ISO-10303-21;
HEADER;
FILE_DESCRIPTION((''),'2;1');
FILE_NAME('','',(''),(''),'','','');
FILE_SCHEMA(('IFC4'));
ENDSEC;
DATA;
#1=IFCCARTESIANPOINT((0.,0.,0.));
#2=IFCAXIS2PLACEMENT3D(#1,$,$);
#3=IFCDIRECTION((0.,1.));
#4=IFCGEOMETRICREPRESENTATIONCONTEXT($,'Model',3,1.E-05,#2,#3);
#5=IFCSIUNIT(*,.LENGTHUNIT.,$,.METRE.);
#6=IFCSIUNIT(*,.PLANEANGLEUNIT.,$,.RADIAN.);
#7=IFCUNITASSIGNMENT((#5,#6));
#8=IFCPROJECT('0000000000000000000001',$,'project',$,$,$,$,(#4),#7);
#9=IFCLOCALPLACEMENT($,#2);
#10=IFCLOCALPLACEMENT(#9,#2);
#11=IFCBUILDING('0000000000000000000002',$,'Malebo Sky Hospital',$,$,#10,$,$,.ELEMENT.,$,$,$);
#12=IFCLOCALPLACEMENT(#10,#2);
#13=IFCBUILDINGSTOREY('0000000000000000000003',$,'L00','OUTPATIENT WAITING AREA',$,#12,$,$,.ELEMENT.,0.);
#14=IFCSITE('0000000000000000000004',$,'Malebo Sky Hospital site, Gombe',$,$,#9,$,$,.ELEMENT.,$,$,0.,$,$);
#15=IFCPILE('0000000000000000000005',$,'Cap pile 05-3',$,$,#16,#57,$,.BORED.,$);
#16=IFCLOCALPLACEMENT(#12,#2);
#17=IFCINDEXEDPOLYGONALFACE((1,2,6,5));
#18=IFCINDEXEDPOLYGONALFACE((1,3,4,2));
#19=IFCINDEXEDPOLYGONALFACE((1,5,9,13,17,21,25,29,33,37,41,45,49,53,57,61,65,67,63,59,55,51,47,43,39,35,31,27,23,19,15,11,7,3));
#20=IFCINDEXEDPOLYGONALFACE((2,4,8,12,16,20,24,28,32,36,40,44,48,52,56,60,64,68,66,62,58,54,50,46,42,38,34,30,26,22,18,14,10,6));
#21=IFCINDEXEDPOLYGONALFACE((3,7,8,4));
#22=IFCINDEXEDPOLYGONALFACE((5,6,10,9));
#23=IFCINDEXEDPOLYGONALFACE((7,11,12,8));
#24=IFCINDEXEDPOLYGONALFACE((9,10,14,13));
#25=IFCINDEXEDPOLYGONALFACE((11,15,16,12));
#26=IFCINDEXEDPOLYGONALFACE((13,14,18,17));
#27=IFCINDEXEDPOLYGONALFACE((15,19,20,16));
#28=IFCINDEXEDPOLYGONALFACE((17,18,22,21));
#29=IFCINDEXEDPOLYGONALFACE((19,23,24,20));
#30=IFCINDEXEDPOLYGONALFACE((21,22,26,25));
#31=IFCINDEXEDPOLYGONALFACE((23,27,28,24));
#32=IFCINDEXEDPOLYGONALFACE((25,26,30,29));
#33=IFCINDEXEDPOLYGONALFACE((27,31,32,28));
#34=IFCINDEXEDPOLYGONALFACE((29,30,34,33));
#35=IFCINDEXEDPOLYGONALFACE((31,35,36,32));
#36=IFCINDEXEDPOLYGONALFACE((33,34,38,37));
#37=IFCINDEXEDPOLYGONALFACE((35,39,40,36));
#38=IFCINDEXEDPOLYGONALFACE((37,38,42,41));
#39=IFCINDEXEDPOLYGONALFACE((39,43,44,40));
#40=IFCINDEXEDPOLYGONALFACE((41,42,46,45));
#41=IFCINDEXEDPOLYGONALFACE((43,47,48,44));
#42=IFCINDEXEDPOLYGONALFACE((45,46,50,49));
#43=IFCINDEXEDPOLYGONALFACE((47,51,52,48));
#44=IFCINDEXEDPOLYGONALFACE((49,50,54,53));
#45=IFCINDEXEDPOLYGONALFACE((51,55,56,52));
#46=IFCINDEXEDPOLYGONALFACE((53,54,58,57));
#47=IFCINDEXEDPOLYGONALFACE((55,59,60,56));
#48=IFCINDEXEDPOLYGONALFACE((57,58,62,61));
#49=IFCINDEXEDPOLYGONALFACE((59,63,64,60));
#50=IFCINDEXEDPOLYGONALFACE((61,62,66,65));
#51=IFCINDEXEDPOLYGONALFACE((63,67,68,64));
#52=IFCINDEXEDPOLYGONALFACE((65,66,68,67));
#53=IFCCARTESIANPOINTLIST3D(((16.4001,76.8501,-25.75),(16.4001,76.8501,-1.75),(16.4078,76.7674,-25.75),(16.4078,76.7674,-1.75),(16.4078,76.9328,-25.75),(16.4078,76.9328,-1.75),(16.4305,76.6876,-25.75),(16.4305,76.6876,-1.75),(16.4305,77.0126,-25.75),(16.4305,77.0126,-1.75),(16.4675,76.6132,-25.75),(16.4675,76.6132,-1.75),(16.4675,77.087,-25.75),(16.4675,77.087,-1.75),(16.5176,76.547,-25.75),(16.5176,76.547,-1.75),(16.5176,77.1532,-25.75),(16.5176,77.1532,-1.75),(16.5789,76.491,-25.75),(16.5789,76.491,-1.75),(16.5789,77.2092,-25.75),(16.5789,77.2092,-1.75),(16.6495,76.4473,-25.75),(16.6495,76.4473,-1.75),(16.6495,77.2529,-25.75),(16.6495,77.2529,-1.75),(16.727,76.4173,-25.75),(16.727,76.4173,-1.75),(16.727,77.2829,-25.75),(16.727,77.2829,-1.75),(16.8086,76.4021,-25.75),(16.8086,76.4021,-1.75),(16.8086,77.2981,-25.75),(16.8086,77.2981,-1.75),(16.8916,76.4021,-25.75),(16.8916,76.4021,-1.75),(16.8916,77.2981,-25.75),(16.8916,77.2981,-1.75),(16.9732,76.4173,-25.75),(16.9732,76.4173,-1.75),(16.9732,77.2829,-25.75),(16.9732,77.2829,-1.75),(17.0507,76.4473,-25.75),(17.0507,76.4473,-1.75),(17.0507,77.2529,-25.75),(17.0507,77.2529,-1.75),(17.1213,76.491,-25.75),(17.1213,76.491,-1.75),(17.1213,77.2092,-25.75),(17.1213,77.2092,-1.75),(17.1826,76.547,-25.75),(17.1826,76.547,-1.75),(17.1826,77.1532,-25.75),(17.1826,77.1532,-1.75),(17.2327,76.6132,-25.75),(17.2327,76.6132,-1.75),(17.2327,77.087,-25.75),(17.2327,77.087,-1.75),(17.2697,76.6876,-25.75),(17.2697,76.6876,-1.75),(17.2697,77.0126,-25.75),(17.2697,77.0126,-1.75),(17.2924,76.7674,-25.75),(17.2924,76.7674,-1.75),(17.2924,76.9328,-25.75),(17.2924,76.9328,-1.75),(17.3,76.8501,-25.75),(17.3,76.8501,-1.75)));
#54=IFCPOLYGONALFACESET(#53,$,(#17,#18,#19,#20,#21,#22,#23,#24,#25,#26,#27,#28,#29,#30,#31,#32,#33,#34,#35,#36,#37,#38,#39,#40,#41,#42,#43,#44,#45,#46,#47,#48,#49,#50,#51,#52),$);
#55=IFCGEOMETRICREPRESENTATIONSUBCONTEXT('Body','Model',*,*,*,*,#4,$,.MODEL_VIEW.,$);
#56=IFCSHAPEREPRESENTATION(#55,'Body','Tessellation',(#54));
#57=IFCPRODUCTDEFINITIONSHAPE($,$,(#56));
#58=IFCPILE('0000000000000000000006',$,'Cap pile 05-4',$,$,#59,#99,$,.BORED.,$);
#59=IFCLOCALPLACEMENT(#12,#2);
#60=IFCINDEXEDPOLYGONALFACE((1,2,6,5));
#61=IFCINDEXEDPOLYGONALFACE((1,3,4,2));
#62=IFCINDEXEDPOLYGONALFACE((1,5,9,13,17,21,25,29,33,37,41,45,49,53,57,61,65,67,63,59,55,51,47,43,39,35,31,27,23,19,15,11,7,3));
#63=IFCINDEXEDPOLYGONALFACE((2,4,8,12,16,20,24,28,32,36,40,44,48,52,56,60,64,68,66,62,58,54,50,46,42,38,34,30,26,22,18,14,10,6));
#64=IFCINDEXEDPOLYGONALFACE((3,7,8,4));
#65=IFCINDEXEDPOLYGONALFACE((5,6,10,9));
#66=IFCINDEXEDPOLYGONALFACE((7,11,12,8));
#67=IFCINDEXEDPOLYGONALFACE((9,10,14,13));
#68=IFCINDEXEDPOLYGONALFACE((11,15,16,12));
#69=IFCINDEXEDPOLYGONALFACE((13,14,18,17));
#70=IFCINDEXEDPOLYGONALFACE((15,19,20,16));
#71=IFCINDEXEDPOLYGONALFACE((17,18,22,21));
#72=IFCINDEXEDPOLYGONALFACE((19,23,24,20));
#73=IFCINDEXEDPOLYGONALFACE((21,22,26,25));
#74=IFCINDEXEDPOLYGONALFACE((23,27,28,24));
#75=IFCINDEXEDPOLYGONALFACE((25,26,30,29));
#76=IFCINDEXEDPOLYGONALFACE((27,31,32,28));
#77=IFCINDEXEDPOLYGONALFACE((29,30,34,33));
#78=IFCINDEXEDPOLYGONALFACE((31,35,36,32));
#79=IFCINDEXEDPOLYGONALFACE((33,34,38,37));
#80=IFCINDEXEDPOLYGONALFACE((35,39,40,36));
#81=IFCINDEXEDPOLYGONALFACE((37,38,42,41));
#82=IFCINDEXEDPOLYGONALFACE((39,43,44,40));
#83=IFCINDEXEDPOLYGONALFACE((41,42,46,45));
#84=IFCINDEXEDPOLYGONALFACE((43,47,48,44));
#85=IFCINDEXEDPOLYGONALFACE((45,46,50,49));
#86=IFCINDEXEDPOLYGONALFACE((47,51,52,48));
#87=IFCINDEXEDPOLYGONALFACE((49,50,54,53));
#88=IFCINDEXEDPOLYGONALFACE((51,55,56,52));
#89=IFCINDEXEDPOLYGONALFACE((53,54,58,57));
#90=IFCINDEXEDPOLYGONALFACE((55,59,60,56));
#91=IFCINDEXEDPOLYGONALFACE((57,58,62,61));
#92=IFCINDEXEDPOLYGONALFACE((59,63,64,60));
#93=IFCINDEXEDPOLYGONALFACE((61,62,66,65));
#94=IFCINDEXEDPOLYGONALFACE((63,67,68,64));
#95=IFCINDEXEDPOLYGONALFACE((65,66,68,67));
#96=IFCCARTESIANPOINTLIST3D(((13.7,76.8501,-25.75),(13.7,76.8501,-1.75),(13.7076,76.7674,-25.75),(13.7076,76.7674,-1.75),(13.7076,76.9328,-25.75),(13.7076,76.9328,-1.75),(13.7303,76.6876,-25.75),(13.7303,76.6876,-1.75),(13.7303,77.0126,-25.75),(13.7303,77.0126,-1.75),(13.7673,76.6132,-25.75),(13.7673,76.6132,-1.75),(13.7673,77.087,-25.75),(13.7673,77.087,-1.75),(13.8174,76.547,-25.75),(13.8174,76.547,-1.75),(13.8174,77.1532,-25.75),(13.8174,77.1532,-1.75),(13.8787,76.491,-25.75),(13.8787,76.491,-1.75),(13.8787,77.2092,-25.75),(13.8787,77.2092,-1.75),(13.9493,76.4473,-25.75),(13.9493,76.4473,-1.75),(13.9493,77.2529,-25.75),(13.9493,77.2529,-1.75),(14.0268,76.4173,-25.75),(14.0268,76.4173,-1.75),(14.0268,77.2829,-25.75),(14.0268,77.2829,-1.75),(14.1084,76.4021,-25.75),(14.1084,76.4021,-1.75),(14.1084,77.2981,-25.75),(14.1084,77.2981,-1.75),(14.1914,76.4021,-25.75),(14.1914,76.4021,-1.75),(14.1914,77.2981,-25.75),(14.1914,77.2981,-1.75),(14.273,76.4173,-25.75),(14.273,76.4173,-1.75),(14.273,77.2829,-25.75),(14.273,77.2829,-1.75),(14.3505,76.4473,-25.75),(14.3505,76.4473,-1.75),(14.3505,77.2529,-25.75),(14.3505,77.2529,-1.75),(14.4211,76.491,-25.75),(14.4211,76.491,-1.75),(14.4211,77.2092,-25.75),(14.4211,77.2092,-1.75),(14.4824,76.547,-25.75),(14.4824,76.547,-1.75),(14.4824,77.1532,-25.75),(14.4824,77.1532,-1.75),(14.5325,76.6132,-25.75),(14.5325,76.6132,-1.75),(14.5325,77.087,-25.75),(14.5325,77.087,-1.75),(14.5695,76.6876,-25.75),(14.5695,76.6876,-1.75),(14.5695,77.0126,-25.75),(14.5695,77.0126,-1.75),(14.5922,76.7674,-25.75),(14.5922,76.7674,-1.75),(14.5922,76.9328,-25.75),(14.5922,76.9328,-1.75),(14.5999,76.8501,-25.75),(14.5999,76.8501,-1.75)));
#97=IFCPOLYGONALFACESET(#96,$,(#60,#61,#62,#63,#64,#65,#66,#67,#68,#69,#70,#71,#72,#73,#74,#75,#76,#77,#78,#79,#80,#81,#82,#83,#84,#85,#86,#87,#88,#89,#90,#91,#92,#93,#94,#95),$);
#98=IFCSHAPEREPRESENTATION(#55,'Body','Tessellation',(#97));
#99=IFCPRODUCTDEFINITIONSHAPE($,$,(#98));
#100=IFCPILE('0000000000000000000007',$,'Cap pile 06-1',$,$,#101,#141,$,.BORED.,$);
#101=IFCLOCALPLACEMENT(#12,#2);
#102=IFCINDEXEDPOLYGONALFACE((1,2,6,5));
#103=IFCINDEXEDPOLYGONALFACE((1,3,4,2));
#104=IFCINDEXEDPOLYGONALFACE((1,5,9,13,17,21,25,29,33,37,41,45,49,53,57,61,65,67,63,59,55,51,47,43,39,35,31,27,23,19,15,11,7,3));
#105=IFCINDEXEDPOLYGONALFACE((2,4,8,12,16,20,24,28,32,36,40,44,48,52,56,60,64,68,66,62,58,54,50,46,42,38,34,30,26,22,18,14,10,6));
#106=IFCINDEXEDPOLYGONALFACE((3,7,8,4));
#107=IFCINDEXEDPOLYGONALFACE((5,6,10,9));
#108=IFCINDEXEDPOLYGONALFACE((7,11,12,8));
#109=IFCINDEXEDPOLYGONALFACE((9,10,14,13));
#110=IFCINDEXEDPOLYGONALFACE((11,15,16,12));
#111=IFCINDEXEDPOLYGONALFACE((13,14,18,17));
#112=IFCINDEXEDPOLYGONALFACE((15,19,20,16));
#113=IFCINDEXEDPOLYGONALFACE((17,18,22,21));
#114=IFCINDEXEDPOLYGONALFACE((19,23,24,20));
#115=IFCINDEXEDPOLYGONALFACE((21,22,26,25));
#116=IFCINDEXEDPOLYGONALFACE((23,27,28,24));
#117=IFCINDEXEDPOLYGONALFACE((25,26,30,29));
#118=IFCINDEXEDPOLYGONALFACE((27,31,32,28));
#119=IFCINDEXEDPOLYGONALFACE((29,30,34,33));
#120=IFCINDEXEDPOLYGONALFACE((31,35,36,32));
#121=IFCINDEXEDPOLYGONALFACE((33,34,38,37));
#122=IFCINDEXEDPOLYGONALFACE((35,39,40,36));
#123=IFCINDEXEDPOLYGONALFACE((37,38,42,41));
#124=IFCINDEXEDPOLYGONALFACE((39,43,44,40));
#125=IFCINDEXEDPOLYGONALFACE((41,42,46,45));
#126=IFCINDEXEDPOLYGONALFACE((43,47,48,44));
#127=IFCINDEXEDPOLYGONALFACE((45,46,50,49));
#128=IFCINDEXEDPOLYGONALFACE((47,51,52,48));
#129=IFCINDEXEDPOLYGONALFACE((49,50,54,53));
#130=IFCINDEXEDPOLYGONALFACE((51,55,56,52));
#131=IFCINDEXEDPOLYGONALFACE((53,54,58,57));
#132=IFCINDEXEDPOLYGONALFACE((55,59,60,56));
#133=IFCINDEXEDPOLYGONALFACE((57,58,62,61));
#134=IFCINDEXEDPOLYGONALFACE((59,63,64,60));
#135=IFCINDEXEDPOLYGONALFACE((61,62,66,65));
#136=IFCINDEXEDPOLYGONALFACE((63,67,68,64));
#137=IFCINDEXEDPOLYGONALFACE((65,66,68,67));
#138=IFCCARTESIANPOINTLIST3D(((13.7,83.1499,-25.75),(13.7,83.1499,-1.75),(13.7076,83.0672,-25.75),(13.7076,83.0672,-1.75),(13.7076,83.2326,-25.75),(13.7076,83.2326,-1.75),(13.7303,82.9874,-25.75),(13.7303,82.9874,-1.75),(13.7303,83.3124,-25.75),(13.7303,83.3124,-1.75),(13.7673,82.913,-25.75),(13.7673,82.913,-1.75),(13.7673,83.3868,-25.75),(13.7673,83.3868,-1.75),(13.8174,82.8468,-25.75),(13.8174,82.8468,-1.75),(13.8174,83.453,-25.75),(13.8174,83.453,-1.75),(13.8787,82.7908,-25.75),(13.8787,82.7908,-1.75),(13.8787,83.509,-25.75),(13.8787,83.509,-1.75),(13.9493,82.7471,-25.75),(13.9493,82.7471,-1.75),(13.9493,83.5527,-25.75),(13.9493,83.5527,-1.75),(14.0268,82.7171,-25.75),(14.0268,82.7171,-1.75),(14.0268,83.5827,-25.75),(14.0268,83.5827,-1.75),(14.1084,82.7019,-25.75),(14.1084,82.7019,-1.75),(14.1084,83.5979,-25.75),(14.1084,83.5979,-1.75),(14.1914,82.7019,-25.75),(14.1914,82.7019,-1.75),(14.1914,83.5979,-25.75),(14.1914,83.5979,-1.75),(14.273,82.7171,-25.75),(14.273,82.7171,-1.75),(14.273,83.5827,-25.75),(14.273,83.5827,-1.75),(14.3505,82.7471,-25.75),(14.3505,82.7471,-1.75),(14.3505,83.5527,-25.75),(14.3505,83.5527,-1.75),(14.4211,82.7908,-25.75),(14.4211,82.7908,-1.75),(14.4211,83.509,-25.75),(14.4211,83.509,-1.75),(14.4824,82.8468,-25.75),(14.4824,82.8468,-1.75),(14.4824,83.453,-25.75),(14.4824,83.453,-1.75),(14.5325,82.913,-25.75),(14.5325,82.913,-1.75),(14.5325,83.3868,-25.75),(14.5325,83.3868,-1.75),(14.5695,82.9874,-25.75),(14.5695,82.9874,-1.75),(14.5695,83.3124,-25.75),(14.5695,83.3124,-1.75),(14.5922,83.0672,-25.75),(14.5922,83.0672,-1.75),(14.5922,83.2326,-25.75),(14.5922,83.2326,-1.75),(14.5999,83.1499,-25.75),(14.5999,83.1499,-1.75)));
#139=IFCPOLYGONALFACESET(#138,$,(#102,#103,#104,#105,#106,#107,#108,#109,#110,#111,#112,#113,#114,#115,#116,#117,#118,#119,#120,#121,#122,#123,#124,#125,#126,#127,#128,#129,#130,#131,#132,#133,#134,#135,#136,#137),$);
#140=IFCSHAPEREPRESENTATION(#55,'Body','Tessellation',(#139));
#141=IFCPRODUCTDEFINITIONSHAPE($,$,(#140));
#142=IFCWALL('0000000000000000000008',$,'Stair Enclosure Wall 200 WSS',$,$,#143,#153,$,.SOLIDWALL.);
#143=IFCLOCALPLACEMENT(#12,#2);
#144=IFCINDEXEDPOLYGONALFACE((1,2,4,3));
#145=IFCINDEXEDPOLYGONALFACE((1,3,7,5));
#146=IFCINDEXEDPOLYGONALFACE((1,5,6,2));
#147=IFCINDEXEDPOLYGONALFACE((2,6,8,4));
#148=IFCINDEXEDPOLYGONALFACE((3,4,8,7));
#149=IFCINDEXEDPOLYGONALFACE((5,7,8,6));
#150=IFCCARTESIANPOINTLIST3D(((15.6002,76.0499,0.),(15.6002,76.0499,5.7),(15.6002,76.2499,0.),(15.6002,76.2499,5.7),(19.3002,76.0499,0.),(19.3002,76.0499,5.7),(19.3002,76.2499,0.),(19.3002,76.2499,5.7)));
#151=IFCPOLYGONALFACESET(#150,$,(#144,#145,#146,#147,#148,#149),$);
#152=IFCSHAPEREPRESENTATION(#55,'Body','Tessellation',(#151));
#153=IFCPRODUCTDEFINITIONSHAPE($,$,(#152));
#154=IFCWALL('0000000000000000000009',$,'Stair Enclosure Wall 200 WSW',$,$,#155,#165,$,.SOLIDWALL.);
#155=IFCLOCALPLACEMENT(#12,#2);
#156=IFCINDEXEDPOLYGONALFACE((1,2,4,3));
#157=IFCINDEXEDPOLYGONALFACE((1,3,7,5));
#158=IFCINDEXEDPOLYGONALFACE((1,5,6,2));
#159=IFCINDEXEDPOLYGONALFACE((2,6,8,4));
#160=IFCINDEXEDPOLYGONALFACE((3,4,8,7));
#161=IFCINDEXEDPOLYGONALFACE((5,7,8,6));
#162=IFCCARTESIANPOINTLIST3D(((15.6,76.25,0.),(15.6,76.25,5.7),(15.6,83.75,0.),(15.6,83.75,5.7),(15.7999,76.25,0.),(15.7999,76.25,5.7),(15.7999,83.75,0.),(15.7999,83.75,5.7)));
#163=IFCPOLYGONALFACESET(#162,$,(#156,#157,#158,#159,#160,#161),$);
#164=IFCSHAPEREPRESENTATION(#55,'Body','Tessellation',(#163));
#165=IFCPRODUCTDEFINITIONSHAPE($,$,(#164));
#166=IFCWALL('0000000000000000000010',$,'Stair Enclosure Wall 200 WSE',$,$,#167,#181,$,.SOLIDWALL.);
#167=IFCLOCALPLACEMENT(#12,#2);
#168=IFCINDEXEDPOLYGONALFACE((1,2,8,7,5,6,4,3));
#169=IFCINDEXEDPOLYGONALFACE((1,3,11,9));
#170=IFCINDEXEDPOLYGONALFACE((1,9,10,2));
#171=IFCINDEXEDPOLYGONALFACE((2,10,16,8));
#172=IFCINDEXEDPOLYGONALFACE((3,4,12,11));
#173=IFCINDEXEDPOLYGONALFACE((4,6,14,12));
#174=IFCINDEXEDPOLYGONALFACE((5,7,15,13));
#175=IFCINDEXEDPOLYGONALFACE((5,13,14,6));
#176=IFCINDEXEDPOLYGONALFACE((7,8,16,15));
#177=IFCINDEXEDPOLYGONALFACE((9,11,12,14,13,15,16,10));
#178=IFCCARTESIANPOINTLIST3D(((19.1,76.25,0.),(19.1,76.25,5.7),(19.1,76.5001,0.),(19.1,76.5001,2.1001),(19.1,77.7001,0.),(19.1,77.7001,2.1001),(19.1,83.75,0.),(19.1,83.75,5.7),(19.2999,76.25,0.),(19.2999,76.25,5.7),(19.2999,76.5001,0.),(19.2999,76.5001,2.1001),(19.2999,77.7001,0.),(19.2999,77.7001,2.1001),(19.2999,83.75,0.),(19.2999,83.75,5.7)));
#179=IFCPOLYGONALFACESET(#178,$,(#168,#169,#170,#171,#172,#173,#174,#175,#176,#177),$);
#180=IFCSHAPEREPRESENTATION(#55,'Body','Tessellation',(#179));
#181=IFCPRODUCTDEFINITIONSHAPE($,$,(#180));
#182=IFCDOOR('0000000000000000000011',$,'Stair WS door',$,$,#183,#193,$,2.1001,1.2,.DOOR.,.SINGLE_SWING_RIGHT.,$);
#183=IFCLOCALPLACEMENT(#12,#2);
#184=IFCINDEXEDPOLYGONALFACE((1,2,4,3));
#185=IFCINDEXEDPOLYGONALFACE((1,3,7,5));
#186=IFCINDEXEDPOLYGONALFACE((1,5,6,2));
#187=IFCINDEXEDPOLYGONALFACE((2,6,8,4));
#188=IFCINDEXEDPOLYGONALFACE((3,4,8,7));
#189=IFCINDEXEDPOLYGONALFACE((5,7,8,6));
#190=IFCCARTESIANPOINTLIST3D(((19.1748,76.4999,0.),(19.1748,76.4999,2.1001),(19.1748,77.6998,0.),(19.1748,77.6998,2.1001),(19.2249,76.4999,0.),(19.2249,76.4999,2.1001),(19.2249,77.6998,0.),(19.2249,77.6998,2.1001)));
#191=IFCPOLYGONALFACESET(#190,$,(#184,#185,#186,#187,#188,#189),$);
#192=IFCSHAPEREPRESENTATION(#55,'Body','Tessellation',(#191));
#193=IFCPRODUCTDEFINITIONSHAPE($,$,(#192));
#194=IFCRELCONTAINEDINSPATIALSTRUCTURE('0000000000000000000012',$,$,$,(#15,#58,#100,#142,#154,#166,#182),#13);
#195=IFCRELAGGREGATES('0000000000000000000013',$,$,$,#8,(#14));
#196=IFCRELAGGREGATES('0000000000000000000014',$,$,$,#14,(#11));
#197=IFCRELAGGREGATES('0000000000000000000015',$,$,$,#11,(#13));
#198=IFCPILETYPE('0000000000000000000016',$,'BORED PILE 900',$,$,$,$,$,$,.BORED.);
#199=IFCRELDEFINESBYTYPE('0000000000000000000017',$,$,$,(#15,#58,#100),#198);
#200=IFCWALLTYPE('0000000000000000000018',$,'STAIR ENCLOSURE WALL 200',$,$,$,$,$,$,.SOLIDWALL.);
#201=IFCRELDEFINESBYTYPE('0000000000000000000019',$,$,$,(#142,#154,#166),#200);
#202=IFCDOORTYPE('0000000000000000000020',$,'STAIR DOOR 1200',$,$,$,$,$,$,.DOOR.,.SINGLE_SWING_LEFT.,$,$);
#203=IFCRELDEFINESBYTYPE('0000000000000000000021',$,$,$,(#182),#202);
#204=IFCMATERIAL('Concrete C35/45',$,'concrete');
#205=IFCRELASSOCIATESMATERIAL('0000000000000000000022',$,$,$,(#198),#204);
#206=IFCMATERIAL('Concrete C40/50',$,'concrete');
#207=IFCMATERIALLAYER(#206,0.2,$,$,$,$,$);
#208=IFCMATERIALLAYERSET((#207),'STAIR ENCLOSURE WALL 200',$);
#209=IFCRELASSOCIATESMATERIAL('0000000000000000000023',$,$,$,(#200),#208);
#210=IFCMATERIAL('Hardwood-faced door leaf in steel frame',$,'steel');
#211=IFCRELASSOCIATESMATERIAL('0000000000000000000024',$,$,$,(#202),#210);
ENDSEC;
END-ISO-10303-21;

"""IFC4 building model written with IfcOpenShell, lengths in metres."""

from ifc_helpers import new_model, si_unit, direction, frame, frame_2d, origin, origin_2d, place, context, subcontext, project, spatial, rectangle, circle, extrude, material, layer, layer_set, material_profile, profile_set, type_object, element, fill, save


model = new_model("IFC4")

# Units and contexts
model_context = context("Model", 3, precision=1e-05, world=origin(), true_north=direction((0.0, 1.0)))
body_context = subcontext(model_context, "Body", "Model", "MODEL_VIEW")
ifc_project = project(units=[si_unit("LENGTHUNIT", "METRE"), si_unit("PLANEANGLEUNIT", "RADIAN")], contexts=[model_context])

# Site, building, storey
site_placement = place(None, origin())
site = spatial("IfcSite", under=ifc_project, at=site_placement, Name="Malebo Sky Hospital site, Gombe", CompositionType="ELEMENT", RefElevation=0.0)
building_placement = place(site_placement, origin())
building = spatial("IfcBuilding", under=site, at=building_placement, Name="Malebo Sky Hospital", CompositionType="ELEMENT")
storey_placement = place(building_placement, origin())
storey = spatial("IfcBuildingStorey", under=building, at=storey_placement, Name="L00", Description="OUTPATIENT WAITING AREA", CompositionType="ELEMENT", Elevation=0.0)

# Piles
ifc_material_1 = material(Name="Concrete C35/45", Category="concrete")
ifc_material_profile = material_profile(ifc_material_1, circle(Radius=0.45, at=origin_2d()), Name="BP 900")
ifc_profile_set = profile_set([ifc_material_profile], Name="Concrete C35/45")
pile_type = type_object("IfcPileType", Name="BORED PILE 900", PredefinedType="BORED", material=ifc_profile_set)
for number, where, z_axis, x_axis, name in (
    (1, (16.8501, 76.8501, -1.75), (0.0, 0.0, -1.0), (1.0, 0.0, 0.0), "Cap pile 05-3"),
    (2, (14.1499, 76.8501, -1.75), (0.0, 0.0, -1.0), (1.0, 0.0, 0.0), "Cap pile 05-4"),
    (3, (14.1499, 83.1499, -1.75), (0.0, 0.0, -1.0), (1.0, 0.0, 0.0), "Cap pile 06-1"),
):
    element("IfcPile", number, at=place(storey_placement, frame(where, z_axis=z_axis, x_axis=x_axis)), inside=storey, type_object=pile_type, Name=name, PredefinedType="BORED", context=body_context, shape_type="SweptSolid", body=[
        extrude(circle(Radius=0.45, at=origin_2d()), origin(), (0.0, 0.0, 1.0), 24.0),
    ])

# Walls
ifc_material_2 = material(Name="Concrete C40/50", Category="concrete")
ifc_layer = layer(ifc_material_2, 0.2)
ifc_layer_set = layer_set([ifc_layer], Name="STAIR ENCLOSURE WALL 200")
wall_type = type_object("IfcWallType", Name="STAIR ENCLOSURE WALL 200", PredefinedType="SOLIDWALL", material=ifc_layer_set)
wall_1_placement = place(storey_placement, frame((15.6001, 76.1499, 0.0), z_axis=(0.0, 0.0, 1.0), x_axis=(1.0, 0.0, 0.0)))
element("IfcWall", 4, at=wall_1_placement, inside=storey, type_object=wall_type, Name="Stair Enclosure Wall 200 WSS", PredefinedType="SOLIDWALL", context=body_context, shape_type="SweptSolid", body=[
    extrude(rectangle(XDim=3.7, YDim=0.2, at=frame_2d((1.8501, 0.0))), origin(), (0.0, 0.0, 1.0), 5.7),
])
wall_2_placement = place(storey_placement, frame((15.7, 76.25, 0.0), z_axis=(0.0, 0.0, 1.0), x_axis=(0.0, 1.0, 0.0)))
element("IfcWall", 5, at=wall_2_placement, inside=storey, type_object=wall_type, Name="Stair Enclosure Wall 200 WSW", PredefinedType="SOLIDWALL", context=body_context, shape_type="SweptSolid", body=[
    extrude(rectangle(XDim=7.5, YDim=0.2, at=frame_2d((3.75, 0.0))), origin(), (0.0, 0.0, 1.0), 5.7),
])

# Wall, opening, door
wall_3_placement = place(storey_placement, frame((19.2, 76.25, 0.0), z_axis=(0.0, 0.0, 1.0), x_axis=(0.0, 1.0, 0.0)))
wall_3 = element("IfcWall", 6, at=wall_3_placement, inside=storey, type_object=wall_type, Name="Stair Enclosure Wall 200 WSE", PredefinedType="SOLIDWALL", context=body_context, shape_type="SweptSolid", body=[
    extrude(rectangle(XDim=7.5, YDim=0.2, at=frame_2d((3.75, 0.0))), origin(), (0.0, 0.0, 1.0), 5.7),
])
opening_placement = place(wall_3_placement, frame((0.25, 0.0, 0.0)))
opening = element("IfcOpeningElement", 7, at=opening_placement, cuts=wall_3, PredefinedType="OPENING", context=body_context, shape_type="SweptSolid", body=[
    extrude(rectangle(XDim=1.2, YDim=2.1001, at=frame_2d((0.6001, 1.05))), frame((0.0, 0.1099, 0.0), z_axis=(0.0, -1.0, 0.0), x_axis=(1.0, 0.0, 0.0)), (0.0, 0.0, 1.0), 0.22),
])
ifc_material_3 = material(Name="Hardwood-faced door leaf in steel frame", Category="steel")
door_type = type_object("IfcDoorType", Name="STAIR DOOR 1200", OperationType="SINGLE_SWING_LEFT", PredefinedType="DOOR", material=ifc_material_3)
door_placement = place(opening_placement, frame((1.2, 0.0, 0.0), z_axis=(0.0, 0.0, 1.0), x_axis=(-1.0, 0.0, 0.0)))
door = element("IfcDoor", 8, at=door_placement, inside=storey, type_object=door_type, Name="Stair WS door", OperationType="SINGLE_SWING_RIGHT", OverallHeight=2.1001, OverallWidth=1.2, PredefinedType="DOOR", context=body_context, shape_type="SweptSolid", body=[
    extrude(rectangle(XDim=1.2, YDim=2.1001, at=frame_2d((0.6001, 1.05))), frame((0.0, 0.0249, 0.0), z_axis=(0.0, -1.0, 0.0), x_axis=(1.0, 0.0, 0.0)), (0.0, 0.0, 1.0), 0.05),
])
fill(opening, door)

save(model, "model.ifc")
